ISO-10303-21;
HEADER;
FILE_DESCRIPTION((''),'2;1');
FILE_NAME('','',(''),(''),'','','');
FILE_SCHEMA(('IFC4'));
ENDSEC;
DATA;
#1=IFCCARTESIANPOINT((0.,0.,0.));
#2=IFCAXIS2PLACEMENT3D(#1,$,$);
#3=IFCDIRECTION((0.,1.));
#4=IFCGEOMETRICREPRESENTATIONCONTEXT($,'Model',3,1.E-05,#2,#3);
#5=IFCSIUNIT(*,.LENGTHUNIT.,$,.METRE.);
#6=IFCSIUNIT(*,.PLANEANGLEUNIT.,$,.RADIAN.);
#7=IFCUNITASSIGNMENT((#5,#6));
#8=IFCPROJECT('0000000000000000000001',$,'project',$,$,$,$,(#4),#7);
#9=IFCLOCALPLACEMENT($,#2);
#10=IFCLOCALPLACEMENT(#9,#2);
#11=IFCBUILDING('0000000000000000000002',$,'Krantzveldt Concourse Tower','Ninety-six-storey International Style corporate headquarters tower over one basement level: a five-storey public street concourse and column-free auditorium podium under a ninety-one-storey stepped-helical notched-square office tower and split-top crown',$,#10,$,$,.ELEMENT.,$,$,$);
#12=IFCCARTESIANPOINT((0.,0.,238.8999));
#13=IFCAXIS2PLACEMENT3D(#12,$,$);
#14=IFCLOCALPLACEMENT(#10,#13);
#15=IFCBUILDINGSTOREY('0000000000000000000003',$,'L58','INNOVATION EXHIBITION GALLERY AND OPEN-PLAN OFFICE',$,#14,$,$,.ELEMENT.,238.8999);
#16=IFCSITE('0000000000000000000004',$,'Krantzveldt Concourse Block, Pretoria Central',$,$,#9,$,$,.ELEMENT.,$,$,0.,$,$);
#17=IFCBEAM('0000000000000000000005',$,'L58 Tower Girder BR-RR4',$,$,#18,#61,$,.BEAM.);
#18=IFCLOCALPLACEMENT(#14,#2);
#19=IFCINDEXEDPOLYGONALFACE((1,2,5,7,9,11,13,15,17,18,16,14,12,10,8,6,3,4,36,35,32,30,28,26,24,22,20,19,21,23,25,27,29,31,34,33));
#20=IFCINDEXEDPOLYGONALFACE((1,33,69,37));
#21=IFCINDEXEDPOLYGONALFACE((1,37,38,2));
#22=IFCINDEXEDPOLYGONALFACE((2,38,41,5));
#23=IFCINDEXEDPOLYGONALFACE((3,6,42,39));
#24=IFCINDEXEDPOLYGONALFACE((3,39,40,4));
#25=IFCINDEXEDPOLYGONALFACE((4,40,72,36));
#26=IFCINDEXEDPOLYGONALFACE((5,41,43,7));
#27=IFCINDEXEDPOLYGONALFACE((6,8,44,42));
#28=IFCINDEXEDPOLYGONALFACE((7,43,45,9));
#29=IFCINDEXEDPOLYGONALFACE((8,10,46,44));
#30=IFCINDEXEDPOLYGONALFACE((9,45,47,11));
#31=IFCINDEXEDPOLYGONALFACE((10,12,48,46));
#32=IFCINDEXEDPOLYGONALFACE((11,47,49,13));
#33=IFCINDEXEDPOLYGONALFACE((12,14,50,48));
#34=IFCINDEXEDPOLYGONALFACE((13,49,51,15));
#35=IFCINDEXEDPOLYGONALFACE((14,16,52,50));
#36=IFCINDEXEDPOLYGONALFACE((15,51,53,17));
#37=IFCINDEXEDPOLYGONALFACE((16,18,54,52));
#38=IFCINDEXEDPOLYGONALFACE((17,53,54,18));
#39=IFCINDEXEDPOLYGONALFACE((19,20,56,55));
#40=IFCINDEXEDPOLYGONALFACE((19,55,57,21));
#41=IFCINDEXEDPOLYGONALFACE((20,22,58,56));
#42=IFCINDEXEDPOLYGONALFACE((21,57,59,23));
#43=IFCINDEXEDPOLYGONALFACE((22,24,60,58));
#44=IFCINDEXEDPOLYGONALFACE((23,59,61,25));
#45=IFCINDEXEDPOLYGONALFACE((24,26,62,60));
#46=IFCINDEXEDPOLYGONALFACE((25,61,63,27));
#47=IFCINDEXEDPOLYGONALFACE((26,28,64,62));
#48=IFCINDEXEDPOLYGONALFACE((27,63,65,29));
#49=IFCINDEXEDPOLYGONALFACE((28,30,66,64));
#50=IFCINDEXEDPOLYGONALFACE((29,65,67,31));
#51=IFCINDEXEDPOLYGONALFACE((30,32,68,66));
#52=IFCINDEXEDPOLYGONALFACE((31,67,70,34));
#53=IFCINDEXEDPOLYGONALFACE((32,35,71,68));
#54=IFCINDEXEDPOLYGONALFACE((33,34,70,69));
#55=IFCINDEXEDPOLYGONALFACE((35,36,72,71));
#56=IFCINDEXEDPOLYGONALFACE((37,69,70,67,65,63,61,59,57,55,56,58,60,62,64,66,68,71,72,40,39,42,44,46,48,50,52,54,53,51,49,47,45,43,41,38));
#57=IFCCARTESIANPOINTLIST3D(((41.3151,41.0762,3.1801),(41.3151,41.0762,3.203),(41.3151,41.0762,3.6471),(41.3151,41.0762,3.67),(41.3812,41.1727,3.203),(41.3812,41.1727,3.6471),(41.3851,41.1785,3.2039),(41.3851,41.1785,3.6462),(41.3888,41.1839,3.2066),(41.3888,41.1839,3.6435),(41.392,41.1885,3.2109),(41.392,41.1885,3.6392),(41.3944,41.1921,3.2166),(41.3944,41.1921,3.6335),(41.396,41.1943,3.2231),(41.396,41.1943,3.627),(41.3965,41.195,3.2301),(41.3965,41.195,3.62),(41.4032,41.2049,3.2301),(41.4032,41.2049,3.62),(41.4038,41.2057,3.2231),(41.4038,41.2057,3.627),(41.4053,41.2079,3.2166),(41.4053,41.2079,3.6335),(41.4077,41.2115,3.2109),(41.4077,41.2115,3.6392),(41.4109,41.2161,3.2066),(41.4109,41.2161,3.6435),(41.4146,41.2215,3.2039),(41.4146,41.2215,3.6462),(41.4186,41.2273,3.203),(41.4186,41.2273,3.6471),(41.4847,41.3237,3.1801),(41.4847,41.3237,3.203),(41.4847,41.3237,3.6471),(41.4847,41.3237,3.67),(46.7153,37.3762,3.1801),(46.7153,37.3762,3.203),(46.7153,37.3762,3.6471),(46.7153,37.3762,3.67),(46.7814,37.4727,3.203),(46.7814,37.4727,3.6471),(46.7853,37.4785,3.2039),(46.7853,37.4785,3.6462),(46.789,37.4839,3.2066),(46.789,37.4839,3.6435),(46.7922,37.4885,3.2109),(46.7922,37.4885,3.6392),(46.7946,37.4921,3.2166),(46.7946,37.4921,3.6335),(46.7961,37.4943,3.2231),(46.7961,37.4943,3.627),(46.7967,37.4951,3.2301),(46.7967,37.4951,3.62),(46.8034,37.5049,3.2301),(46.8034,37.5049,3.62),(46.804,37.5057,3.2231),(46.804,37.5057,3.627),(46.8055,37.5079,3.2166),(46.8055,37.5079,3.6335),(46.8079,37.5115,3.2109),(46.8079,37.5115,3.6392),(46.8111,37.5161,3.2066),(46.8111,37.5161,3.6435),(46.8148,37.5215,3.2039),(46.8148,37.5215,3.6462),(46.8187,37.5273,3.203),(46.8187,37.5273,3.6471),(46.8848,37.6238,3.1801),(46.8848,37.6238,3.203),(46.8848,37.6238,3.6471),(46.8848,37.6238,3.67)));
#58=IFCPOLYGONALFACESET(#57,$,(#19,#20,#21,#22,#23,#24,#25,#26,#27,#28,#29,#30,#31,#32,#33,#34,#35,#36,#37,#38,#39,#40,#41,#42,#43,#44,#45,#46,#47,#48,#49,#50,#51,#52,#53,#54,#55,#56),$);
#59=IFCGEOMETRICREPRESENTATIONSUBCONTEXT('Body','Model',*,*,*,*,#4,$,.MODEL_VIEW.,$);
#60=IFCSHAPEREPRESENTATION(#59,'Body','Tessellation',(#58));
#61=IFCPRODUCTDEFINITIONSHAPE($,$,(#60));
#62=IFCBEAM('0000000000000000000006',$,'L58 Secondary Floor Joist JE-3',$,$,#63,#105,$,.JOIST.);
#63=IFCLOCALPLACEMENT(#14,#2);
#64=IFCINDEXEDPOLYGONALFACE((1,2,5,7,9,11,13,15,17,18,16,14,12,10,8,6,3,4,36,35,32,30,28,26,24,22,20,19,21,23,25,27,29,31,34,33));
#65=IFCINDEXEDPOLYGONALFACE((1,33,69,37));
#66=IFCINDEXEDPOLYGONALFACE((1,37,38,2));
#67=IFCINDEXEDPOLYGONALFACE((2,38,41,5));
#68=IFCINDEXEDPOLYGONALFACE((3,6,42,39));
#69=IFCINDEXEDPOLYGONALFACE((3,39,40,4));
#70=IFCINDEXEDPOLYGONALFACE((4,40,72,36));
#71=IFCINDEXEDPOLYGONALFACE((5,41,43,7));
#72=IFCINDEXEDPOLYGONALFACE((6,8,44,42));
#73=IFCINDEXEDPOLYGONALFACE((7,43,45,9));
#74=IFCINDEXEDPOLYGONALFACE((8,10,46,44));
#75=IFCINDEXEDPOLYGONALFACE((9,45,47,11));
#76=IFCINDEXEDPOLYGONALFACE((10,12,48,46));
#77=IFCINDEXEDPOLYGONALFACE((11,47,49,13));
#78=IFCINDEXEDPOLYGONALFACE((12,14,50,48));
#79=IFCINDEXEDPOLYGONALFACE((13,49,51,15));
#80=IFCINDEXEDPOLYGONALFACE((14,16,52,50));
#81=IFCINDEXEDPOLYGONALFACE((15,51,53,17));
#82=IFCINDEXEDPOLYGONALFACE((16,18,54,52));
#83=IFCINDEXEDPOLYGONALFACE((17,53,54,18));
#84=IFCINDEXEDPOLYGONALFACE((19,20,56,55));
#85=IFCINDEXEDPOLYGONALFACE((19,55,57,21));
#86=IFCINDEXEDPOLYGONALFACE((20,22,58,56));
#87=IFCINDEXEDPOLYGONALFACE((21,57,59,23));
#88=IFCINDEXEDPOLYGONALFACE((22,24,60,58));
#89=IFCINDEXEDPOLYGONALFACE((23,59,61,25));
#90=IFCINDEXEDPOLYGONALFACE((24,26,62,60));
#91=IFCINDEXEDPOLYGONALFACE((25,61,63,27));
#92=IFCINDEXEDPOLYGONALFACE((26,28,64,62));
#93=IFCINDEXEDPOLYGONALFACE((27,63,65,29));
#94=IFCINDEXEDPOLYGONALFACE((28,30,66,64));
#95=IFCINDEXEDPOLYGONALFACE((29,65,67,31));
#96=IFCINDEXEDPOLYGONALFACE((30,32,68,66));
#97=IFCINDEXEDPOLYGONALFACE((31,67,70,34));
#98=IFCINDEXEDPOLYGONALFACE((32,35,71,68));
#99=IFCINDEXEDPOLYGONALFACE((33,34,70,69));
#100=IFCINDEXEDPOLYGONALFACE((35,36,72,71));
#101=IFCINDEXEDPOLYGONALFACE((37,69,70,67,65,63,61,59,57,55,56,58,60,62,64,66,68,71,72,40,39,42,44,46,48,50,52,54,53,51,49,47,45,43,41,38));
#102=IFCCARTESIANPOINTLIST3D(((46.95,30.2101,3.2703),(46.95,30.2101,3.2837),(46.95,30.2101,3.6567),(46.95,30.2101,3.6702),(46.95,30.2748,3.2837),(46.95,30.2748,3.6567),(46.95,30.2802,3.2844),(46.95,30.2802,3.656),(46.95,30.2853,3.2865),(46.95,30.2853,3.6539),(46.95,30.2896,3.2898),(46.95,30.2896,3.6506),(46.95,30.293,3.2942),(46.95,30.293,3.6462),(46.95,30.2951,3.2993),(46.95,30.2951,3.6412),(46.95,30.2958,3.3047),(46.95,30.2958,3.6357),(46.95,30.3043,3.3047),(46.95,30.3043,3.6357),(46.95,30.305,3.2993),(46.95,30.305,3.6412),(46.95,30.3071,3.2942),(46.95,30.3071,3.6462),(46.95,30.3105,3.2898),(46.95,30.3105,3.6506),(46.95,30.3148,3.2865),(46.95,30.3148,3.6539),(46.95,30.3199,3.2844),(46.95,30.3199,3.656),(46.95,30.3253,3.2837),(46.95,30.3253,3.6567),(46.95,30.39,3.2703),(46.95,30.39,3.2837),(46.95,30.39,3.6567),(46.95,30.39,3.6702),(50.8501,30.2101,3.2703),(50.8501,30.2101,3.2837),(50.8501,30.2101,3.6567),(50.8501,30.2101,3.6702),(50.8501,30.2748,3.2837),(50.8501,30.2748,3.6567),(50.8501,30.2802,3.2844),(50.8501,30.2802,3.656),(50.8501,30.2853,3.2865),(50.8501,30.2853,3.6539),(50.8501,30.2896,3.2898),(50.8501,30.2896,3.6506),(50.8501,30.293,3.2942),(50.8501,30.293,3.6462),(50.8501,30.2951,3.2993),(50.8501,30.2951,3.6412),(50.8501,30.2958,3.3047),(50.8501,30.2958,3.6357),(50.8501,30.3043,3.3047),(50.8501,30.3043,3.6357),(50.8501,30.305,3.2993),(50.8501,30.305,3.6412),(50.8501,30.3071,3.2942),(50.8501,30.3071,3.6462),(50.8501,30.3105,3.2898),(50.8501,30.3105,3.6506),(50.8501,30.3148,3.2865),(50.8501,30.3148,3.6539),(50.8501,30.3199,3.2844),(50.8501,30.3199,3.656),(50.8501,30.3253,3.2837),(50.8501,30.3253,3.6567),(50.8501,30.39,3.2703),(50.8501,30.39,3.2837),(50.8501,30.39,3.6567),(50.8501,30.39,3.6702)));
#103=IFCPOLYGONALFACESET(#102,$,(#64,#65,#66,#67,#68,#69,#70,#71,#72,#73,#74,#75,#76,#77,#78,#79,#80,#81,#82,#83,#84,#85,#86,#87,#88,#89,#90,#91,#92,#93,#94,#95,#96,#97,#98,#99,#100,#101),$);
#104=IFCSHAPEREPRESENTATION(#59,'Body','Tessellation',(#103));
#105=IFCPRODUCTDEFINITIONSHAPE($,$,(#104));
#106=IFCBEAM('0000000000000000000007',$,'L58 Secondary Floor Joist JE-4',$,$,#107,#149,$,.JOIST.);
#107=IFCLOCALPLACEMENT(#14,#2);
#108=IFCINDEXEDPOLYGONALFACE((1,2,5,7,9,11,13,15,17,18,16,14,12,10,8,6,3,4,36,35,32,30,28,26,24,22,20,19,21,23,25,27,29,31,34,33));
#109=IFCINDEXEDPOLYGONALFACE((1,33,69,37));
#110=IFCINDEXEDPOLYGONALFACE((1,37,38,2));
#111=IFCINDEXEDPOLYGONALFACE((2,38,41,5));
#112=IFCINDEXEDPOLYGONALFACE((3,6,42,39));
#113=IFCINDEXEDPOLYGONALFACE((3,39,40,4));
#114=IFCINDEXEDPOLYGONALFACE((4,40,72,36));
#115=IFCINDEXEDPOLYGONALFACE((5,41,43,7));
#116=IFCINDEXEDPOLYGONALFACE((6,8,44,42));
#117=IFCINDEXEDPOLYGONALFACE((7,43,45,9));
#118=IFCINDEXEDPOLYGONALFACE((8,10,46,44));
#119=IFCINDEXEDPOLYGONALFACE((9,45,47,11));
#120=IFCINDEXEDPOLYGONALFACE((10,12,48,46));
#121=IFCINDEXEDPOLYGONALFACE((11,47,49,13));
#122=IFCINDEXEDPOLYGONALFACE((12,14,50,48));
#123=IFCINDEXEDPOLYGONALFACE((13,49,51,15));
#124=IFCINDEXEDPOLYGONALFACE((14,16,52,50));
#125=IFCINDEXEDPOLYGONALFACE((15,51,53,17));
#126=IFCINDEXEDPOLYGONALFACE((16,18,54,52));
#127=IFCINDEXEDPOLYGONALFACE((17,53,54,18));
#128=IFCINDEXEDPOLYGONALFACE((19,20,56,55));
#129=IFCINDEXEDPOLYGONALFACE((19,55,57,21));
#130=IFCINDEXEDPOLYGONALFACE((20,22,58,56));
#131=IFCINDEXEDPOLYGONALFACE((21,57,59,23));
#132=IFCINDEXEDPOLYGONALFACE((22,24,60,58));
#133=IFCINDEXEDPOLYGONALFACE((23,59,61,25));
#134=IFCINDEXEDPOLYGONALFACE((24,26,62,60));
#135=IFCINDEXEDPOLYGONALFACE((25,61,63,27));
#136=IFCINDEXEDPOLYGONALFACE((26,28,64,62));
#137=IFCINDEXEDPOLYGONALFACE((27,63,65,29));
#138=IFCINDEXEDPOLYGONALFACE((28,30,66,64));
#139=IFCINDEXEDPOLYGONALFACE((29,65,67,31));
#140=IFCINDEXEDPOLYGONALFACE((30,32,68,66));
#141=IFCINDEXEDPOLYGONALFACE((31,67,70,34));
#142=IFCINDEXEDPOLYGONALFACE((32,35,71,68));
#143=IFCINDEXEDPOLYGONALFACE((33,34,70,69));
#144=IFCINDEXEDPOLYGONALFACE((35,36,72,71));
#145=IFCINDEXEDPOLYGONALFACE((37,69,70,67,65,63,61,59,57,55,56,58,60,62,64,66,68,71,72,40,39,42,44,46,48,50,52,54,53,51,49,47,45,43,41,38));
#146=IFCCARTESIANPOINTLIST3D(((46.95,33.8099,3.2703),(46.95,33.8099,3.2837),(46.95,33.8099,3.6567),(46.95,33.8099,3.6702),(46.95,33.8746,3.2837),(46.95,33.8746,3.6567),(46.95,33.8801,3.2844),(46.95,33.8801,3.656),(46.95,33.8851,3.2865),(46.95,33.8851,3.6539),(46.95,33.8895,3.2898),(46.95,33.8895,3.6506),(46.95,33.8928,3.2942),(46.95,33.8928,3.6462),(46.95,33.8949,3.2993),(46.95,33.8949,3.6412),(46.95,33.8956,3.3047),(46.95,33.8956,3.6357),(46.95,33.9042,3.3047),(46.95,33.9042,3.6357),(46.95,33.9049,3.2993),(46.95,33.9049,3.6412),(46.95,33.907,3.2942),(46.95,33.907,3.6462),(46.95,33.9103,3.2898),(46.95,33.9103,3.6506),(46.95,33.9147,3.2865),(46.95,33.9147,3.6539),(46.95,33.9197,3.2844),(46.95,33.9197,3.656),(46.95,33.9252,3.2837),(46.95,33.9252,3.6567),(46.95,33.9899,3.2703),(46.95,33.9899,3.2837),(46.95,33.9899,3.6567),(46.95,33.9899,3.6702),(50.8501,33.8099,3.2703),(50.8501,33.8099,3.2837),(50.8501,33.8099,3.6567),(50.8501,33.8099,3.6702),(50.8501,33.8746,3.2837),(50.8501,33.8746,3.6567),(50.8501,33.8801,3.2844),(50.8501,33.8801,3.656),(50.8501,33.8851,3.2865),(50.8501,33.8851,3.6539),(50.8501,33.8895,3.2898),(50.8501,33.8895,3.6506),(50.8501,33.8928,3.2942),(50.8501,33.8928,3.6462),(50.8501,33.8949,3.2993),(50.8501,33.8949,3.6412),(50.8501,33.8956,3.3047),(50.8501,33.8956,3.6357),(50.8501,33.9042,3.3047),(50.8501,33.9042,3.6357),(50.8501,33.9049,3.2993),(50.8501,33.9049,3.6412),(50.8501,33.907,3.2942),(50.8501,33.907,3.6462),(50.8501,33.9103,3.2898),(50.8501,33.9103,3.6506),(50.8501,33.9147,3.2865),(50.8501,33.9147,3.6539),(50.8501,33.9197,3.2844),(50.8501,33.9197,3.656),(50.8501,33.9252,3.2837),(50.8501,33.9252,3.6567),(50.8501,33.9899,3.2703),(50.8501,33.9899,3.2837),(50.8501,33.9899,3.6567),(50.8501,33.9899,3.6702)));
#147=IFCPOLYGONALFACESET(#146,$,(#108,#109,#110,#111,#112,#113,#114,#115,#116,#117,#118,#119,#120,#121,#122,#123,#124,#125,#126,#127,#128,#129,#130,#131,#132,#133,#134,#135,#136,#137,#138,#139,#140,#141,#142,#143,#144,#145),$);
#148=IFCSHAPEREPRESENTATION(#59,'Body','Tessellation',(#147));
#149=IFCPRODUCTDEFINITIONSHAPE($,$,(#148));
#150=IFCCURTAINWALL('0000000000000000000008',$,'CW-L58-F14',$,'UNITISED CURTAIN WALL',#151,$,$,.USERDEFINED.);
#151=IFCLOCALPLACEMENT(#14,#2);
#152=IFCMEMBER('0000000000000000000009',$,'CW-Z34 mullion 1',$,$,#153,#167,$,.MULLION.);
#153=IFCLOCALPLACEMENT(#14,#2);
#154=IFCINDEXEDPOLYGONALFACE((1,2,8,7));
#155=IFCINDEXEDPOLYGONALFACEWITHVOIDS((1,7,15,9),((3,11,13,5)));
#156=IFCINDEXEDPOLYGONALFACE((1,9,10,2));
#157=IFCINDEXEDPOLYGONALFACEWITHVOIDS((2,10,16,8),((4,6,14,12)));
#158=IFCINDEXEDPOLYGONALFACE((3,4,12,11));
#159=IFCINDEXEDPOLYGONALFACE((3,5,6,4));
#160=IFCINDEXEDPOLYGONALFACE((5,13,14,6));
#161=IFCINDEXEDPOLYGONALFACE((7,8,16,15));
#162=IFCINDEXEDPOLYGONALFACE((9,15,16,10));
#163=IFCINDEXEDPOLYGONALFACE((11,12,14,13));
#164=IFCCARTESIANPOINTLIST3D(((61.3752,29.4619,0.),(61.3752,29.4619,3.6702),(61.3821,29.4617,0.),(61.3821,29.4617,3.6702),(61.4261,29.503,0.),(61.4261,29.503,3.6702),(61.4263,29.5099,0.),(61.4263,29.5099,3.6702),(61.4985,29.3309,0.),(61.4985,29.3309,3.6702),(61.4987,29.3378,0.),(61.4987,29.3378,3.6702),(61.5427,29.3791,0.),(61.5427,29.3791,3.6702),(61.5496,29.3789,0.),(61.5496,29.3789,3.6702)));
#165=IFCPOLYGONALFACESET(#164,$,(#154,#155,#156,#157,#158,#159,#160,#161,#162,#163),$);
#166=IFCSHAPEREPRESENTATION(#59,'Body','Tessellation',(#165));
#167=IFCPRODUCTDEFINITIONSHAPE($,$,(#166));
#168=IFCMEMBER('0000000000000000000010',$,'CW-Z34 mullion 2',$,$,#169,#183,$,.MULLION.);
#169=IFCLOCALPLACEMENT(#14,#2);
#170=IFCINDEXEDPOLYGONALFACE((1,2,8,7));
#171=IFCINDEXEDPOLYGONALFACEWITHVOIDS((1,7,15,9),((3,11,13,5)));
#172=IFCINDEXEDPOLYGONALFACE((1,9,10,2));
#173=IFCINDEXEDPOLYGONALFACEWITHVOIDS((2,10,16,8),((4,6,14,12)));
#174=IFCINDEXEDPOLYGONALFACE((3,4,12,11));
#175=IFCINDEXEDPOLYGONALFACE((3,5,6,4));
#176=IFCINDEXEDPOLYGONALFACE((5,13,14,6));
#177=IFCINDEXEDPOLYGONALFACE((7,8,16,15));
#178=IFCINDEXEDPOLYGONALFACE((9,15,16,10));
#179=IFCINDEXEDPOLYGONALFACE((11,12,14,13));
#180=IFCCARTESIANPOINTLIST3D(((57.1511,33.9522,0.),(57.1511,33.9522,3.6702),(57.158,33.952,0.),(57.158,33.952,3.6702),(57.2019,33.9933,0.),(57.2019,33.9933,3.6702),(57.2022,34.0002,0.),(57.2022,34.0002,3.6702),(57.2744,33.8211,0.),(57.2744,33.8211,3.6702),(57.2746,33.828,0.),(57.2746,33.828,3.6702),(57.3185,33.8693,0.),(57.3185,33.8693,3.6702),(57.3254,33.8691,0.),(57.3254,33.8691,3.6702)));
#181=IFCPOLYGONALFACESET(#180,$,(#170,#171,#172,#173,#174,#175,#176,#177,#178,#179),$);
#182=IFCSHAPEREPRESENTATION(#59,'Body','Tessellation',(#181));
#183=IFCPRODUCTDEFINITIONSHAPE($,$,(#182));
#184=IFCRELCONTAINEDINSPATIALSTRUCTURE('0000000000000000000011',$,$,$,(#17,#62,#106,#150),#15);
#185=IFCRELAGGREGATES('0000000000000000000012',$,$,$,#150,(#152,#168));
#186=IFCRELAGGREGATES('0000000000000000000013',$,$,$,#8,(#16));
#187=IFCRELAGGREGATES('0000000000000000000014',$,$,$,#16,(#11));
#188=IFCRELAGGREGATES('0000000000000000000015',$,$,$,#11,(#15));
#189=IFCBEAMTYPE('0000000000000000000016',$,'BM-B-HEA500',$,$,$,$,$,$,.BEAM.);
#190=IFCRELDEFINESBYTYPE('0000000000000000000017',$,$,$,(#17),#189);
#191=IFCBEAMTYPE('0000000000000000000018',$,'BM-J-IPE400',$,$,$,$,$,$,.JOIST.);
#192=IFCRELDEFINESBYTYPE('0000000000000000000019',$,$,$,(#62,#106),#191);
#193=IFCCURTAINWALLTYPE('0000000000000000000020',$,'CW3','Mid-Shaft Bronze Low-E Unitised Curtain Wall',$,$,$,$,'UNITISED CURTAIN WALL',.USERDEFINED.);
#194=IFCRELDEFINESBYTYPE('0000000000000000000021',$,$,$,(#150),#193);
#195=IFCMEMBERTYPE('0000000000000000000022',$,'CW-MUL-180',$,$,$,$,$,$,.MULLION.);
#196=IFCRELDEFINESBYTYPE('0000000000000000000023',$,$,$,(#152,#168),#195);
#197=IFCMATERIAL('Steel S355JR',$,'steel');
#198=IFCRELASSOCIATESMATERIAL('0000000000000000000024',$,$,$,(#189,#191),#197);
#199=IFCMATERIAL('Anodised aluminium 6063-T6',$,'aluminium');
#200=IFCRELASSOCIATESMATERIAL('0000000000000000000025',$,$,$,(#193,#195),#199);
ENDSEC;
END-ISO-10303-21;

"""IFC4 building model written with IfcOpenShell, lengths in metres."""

from ifc_helpers import new_model, si_unit, direction, frame, origin, origin_2d, place, context, subcontext, project, spatial, hollow_rectangle, i_section, extrude, source, transform, mapped, material, material_profile, profile_set, type_object, type_shapes, element, aggregate, save


model = new_model("IFC4")

# Units and contexts
model_context = context("Model", 3, precision=1e-05, world=origin(), true_north=direction((0.0, 1.0)))
body_context = subcontext(model_context, "Body", "Model", "MODEL_VIEW")
ifc_project = project(units=[si_unit("LENGTHUNIT", "METRE"), si_unit("PLANEANGLEUNIT", "RADIAN")], contexts=[model_context])

# Site, building, storey
site_placement = place(None, origin())
site = spatial("IfcSite", under=ifc_project, at=site_placement, Name="Krantzveldt Concourse Block, Pretoria Central", CompositionType="ELEMENT", RefElevation=0.0)
building_placement = place(site_placement, origin())
building = spatial("IfcBuilding", under=site, at=building_placement, Name="Krantzveldt Concourse Tower", Description="Ninety-six-storey International Style corporate headquarters tower over one basement level: a five-storey public street concourse and column-free auditorium podium under a ninety-one-storey stepped-helical notched-square office tower and split-top crown", CompositionType="ELEMENT")
storey_placement = place(building_placement, frame((0.0, 0.0, 238.8999)))
storey = spatial("IfcBuildingStorey", under=building, at=storey_placement, Name="L58", Description="INNOVATION EXHIBITION GALLERY AND OPEN-PLAN OFFICE", CompositionType="ELEMENT", Elevation=238.8999)

# Beams
ifc_material_1 = material(Name="Steel S355JR", Category="steel")
ifc_material_profile_1 = material_profile(ifc_material_1, i_section(OverallWidth=0.3, OverallDepth=0.49, WebThickness=0.012, FlangeThickness=0.0229, FilletRadius=0.0271, at=origin_2d()), Name="Steel S355JR", Category="steel")
ifc_profile_set_1 = profile_set([ifc_material_profile_1], Name="Steel S355JR - HEA 500")
beam_type_1 = type_object("IfcBeamType", Name="BM-B-HEA500", PredefinedType="BEAM", material=ifc_profile_set_1)
shared_shape_1 = source(origin(), body_context, "Body", "SweptSolid", [
    extrude(i_section(OverallWidth=0.3, OverallDepth=0.49, WebThickness=0.012, FlangeThickness=0.0229, FilletRadius=0.0271, at=origin_2d()), origin(), (0.0, 0.0, 1.0), 6.5461),
])
beam_1_placement = place(storey_placement, frame((46.8, 37.5, 3.425), z_axis=(-0.824943, 0.565216, 0.0), x_axis=(-0.565216, -0.824943, 0.0)))
element("IfcBeam", 1, at=beam_1_placement, inside=storey, type_object=beam_type_1, Name="L58 Tower Girder BR-RR4", PredefinedType="BEAM", context=body_context, shape_type="MappedRepresentation", body=[
    mapped(shared_shape_1, transform((0.0, 0.0, 0.0), x_axis=(1.0, 0.0, 0.0), y_axis=(0.0, 1.0, 0.0), z_axis=(0.0, 0.0, 1.0), scale=1.0)),
])
ifc_material_profile_2 = material_profile(ifc_material_1, i_section(OverallWidth=0.1799, OverallDepth=0.3999, WebThickness=0.0085, FlangeThickness=0.0134, FilletRadius=0.021, at=origin_2d()), Name="Steel S355JR", Category="steel")
ifc_profile_set_2 = profile_set([ifc_material_profile_2], Name="Steel S355JR - IPE 400")
beam_type_2 = type_object("IfcBeamType", Name="BM-J-IPE400", PredefinedType="JOIST", material=ifc_profile_set_2)
shared_shape_2 = source(origin(), body_context, "Body", "SweptSolid", [
    extrude(i_section(OverallWidth=0.1799, OverallDepth=0.3999, WebThickness=0.0085, FlangeThickness=0.0134, FilletRadius=0.021, at=origin_2d()), origin(), (0.0, 0.0, 1.0), 3.9001),
])
type_shapes(beam_type_2, [shared_shape_2])
for number, where, z_axis, x_axis, name in (
    (2, (46.95, 30.3, 3.4702), (1.0, 0.0, 0.0), (0.0, 1.0, 0.0), "L58 Secondary Floor Joist JE-3"),
    (3, (46.95, 33.8999, 3.4702), (1.0, 0.0, 0.0), (0.0, 1.0, 0.0), "L58 Secondary Floor Joist JE-4"),
):
    element("IfcBeam", number, at=place(storey_placement, frame(where, z_axis=z_axis, x_axis=x_axis)), inside=storey, type_object=beam_type_2, Name=name, PredefinedType="JOIST", context=body_context, shape_type="MappedRepresentation", body=[
        mapped(shared_shape_2, transform((0.0, 0.0, 0.0), x_axis=(1.0, 0.0, 0.0), y_axis=(0.0, 1.0, 0.0), z_axis=(0.0, 0.0, 1.0), scale=1.0)),
    ])

# Curtain wall, members
ifc_material_2 = material(Name="Anodised aluminium 6063-T6", Category="aluminium")
curtain_wall_type = type_object("IfcCurtainWallType", Name="CW3", Description="Mid-Shaft Bronze Low-E Unitised Curtain Wall", ElementType="UNITISED CURTAIN WALL", PredefinedType="USERDEFINED", material=ifc_material_2)
curtain_wall_placement = place(storey_placement, origin())
curtain_wall = element("IfcCurtainWall", 4, at=curtain_wall_placement, inside=storey, type_object=curtain_wall_type, Name="CW-L58-F14", ObjectType="UNITISED CURTAIN WALL", PredefinedType="USERDEFINED")
ifc_material_profile_3 = material_profile(ifc_material_2, hollow_rectangle(XDim=0.0701, YDim=0.1799, WallThickness=0.0049, at=origin_2d()), Name="Anodised aluminium 6063-T6", Category="aluminium")
ifc_profile_set_3 = profile_set([ifc_material_profile_3], Name="Anodised aluminium 6063-T6 - ALU-MULL 180x70x5")
member_type_1 = type_object("IfcMemberType", Name="CW-MUL-180", PredefinedType="MULLION", material=ifc_profile_set_3)
shared_shape_3 = source(origin(), body_context, "Body", "SweptSolid", [
    extrude(hollow_rectangle(XDim=0.0701, YDim=0.1799, WallThickness=0.0049, at=origin_2d()), origin(), (0.0, 0.0, 1.0), 3.6702),
])
type_shapes(member_type_1, [shared_shape_3])
member_1_placement = place(storey_placement, frame((61.4624, 29.4204, 0.0), z_axis=(0.0, 0.0, 1.0), x_axis=(-0.728371, -0.685183, 0.0)))
member_1 = element("IfcMember", 5, at=member_1_placement, type_object=member_type_1, Name="CW-Z34 mullion 1", PredefinedType="MULLION", context=body_context, shape_type="MappedRepresentation", body=[
    mapped(shared_shape_3, transform((0.0, 0.0, 0.0), x_axis=(1.0, 0.0, 0.0), y_axis=(0.0, 1.0, 0.0), z_axis=(0.0, 0.0, 1.0), scale=1.0)),
])
member_2_placement = place(storey_placement, frame((57.2383, 33.9106, 0.0), z_axis=(0.0, 0.0, 1.0), x_axis=(-0.728371, -0.685183, 0.0)))
member_2 = element("IfcMember", 6, at=member_2_placement, type_object=member_type_1, Name="CW-Z34 mullion 2", PredefinedType="MULLION", context=body_context, shape_type="MappedRepresentation", body=[
    mapped(shared_shape_3, transform((0.0, 0.0, 0.0), x_axis=(1.0, 0.0, 0.0), y_axis=(0.0, 1.0, 0.0), z_axis=(0.0, 0.0, 1.0), scale=1.0)),
])
aggregate(curtain_wall, [member_1, member_2])

save(model, "model.ifc")
